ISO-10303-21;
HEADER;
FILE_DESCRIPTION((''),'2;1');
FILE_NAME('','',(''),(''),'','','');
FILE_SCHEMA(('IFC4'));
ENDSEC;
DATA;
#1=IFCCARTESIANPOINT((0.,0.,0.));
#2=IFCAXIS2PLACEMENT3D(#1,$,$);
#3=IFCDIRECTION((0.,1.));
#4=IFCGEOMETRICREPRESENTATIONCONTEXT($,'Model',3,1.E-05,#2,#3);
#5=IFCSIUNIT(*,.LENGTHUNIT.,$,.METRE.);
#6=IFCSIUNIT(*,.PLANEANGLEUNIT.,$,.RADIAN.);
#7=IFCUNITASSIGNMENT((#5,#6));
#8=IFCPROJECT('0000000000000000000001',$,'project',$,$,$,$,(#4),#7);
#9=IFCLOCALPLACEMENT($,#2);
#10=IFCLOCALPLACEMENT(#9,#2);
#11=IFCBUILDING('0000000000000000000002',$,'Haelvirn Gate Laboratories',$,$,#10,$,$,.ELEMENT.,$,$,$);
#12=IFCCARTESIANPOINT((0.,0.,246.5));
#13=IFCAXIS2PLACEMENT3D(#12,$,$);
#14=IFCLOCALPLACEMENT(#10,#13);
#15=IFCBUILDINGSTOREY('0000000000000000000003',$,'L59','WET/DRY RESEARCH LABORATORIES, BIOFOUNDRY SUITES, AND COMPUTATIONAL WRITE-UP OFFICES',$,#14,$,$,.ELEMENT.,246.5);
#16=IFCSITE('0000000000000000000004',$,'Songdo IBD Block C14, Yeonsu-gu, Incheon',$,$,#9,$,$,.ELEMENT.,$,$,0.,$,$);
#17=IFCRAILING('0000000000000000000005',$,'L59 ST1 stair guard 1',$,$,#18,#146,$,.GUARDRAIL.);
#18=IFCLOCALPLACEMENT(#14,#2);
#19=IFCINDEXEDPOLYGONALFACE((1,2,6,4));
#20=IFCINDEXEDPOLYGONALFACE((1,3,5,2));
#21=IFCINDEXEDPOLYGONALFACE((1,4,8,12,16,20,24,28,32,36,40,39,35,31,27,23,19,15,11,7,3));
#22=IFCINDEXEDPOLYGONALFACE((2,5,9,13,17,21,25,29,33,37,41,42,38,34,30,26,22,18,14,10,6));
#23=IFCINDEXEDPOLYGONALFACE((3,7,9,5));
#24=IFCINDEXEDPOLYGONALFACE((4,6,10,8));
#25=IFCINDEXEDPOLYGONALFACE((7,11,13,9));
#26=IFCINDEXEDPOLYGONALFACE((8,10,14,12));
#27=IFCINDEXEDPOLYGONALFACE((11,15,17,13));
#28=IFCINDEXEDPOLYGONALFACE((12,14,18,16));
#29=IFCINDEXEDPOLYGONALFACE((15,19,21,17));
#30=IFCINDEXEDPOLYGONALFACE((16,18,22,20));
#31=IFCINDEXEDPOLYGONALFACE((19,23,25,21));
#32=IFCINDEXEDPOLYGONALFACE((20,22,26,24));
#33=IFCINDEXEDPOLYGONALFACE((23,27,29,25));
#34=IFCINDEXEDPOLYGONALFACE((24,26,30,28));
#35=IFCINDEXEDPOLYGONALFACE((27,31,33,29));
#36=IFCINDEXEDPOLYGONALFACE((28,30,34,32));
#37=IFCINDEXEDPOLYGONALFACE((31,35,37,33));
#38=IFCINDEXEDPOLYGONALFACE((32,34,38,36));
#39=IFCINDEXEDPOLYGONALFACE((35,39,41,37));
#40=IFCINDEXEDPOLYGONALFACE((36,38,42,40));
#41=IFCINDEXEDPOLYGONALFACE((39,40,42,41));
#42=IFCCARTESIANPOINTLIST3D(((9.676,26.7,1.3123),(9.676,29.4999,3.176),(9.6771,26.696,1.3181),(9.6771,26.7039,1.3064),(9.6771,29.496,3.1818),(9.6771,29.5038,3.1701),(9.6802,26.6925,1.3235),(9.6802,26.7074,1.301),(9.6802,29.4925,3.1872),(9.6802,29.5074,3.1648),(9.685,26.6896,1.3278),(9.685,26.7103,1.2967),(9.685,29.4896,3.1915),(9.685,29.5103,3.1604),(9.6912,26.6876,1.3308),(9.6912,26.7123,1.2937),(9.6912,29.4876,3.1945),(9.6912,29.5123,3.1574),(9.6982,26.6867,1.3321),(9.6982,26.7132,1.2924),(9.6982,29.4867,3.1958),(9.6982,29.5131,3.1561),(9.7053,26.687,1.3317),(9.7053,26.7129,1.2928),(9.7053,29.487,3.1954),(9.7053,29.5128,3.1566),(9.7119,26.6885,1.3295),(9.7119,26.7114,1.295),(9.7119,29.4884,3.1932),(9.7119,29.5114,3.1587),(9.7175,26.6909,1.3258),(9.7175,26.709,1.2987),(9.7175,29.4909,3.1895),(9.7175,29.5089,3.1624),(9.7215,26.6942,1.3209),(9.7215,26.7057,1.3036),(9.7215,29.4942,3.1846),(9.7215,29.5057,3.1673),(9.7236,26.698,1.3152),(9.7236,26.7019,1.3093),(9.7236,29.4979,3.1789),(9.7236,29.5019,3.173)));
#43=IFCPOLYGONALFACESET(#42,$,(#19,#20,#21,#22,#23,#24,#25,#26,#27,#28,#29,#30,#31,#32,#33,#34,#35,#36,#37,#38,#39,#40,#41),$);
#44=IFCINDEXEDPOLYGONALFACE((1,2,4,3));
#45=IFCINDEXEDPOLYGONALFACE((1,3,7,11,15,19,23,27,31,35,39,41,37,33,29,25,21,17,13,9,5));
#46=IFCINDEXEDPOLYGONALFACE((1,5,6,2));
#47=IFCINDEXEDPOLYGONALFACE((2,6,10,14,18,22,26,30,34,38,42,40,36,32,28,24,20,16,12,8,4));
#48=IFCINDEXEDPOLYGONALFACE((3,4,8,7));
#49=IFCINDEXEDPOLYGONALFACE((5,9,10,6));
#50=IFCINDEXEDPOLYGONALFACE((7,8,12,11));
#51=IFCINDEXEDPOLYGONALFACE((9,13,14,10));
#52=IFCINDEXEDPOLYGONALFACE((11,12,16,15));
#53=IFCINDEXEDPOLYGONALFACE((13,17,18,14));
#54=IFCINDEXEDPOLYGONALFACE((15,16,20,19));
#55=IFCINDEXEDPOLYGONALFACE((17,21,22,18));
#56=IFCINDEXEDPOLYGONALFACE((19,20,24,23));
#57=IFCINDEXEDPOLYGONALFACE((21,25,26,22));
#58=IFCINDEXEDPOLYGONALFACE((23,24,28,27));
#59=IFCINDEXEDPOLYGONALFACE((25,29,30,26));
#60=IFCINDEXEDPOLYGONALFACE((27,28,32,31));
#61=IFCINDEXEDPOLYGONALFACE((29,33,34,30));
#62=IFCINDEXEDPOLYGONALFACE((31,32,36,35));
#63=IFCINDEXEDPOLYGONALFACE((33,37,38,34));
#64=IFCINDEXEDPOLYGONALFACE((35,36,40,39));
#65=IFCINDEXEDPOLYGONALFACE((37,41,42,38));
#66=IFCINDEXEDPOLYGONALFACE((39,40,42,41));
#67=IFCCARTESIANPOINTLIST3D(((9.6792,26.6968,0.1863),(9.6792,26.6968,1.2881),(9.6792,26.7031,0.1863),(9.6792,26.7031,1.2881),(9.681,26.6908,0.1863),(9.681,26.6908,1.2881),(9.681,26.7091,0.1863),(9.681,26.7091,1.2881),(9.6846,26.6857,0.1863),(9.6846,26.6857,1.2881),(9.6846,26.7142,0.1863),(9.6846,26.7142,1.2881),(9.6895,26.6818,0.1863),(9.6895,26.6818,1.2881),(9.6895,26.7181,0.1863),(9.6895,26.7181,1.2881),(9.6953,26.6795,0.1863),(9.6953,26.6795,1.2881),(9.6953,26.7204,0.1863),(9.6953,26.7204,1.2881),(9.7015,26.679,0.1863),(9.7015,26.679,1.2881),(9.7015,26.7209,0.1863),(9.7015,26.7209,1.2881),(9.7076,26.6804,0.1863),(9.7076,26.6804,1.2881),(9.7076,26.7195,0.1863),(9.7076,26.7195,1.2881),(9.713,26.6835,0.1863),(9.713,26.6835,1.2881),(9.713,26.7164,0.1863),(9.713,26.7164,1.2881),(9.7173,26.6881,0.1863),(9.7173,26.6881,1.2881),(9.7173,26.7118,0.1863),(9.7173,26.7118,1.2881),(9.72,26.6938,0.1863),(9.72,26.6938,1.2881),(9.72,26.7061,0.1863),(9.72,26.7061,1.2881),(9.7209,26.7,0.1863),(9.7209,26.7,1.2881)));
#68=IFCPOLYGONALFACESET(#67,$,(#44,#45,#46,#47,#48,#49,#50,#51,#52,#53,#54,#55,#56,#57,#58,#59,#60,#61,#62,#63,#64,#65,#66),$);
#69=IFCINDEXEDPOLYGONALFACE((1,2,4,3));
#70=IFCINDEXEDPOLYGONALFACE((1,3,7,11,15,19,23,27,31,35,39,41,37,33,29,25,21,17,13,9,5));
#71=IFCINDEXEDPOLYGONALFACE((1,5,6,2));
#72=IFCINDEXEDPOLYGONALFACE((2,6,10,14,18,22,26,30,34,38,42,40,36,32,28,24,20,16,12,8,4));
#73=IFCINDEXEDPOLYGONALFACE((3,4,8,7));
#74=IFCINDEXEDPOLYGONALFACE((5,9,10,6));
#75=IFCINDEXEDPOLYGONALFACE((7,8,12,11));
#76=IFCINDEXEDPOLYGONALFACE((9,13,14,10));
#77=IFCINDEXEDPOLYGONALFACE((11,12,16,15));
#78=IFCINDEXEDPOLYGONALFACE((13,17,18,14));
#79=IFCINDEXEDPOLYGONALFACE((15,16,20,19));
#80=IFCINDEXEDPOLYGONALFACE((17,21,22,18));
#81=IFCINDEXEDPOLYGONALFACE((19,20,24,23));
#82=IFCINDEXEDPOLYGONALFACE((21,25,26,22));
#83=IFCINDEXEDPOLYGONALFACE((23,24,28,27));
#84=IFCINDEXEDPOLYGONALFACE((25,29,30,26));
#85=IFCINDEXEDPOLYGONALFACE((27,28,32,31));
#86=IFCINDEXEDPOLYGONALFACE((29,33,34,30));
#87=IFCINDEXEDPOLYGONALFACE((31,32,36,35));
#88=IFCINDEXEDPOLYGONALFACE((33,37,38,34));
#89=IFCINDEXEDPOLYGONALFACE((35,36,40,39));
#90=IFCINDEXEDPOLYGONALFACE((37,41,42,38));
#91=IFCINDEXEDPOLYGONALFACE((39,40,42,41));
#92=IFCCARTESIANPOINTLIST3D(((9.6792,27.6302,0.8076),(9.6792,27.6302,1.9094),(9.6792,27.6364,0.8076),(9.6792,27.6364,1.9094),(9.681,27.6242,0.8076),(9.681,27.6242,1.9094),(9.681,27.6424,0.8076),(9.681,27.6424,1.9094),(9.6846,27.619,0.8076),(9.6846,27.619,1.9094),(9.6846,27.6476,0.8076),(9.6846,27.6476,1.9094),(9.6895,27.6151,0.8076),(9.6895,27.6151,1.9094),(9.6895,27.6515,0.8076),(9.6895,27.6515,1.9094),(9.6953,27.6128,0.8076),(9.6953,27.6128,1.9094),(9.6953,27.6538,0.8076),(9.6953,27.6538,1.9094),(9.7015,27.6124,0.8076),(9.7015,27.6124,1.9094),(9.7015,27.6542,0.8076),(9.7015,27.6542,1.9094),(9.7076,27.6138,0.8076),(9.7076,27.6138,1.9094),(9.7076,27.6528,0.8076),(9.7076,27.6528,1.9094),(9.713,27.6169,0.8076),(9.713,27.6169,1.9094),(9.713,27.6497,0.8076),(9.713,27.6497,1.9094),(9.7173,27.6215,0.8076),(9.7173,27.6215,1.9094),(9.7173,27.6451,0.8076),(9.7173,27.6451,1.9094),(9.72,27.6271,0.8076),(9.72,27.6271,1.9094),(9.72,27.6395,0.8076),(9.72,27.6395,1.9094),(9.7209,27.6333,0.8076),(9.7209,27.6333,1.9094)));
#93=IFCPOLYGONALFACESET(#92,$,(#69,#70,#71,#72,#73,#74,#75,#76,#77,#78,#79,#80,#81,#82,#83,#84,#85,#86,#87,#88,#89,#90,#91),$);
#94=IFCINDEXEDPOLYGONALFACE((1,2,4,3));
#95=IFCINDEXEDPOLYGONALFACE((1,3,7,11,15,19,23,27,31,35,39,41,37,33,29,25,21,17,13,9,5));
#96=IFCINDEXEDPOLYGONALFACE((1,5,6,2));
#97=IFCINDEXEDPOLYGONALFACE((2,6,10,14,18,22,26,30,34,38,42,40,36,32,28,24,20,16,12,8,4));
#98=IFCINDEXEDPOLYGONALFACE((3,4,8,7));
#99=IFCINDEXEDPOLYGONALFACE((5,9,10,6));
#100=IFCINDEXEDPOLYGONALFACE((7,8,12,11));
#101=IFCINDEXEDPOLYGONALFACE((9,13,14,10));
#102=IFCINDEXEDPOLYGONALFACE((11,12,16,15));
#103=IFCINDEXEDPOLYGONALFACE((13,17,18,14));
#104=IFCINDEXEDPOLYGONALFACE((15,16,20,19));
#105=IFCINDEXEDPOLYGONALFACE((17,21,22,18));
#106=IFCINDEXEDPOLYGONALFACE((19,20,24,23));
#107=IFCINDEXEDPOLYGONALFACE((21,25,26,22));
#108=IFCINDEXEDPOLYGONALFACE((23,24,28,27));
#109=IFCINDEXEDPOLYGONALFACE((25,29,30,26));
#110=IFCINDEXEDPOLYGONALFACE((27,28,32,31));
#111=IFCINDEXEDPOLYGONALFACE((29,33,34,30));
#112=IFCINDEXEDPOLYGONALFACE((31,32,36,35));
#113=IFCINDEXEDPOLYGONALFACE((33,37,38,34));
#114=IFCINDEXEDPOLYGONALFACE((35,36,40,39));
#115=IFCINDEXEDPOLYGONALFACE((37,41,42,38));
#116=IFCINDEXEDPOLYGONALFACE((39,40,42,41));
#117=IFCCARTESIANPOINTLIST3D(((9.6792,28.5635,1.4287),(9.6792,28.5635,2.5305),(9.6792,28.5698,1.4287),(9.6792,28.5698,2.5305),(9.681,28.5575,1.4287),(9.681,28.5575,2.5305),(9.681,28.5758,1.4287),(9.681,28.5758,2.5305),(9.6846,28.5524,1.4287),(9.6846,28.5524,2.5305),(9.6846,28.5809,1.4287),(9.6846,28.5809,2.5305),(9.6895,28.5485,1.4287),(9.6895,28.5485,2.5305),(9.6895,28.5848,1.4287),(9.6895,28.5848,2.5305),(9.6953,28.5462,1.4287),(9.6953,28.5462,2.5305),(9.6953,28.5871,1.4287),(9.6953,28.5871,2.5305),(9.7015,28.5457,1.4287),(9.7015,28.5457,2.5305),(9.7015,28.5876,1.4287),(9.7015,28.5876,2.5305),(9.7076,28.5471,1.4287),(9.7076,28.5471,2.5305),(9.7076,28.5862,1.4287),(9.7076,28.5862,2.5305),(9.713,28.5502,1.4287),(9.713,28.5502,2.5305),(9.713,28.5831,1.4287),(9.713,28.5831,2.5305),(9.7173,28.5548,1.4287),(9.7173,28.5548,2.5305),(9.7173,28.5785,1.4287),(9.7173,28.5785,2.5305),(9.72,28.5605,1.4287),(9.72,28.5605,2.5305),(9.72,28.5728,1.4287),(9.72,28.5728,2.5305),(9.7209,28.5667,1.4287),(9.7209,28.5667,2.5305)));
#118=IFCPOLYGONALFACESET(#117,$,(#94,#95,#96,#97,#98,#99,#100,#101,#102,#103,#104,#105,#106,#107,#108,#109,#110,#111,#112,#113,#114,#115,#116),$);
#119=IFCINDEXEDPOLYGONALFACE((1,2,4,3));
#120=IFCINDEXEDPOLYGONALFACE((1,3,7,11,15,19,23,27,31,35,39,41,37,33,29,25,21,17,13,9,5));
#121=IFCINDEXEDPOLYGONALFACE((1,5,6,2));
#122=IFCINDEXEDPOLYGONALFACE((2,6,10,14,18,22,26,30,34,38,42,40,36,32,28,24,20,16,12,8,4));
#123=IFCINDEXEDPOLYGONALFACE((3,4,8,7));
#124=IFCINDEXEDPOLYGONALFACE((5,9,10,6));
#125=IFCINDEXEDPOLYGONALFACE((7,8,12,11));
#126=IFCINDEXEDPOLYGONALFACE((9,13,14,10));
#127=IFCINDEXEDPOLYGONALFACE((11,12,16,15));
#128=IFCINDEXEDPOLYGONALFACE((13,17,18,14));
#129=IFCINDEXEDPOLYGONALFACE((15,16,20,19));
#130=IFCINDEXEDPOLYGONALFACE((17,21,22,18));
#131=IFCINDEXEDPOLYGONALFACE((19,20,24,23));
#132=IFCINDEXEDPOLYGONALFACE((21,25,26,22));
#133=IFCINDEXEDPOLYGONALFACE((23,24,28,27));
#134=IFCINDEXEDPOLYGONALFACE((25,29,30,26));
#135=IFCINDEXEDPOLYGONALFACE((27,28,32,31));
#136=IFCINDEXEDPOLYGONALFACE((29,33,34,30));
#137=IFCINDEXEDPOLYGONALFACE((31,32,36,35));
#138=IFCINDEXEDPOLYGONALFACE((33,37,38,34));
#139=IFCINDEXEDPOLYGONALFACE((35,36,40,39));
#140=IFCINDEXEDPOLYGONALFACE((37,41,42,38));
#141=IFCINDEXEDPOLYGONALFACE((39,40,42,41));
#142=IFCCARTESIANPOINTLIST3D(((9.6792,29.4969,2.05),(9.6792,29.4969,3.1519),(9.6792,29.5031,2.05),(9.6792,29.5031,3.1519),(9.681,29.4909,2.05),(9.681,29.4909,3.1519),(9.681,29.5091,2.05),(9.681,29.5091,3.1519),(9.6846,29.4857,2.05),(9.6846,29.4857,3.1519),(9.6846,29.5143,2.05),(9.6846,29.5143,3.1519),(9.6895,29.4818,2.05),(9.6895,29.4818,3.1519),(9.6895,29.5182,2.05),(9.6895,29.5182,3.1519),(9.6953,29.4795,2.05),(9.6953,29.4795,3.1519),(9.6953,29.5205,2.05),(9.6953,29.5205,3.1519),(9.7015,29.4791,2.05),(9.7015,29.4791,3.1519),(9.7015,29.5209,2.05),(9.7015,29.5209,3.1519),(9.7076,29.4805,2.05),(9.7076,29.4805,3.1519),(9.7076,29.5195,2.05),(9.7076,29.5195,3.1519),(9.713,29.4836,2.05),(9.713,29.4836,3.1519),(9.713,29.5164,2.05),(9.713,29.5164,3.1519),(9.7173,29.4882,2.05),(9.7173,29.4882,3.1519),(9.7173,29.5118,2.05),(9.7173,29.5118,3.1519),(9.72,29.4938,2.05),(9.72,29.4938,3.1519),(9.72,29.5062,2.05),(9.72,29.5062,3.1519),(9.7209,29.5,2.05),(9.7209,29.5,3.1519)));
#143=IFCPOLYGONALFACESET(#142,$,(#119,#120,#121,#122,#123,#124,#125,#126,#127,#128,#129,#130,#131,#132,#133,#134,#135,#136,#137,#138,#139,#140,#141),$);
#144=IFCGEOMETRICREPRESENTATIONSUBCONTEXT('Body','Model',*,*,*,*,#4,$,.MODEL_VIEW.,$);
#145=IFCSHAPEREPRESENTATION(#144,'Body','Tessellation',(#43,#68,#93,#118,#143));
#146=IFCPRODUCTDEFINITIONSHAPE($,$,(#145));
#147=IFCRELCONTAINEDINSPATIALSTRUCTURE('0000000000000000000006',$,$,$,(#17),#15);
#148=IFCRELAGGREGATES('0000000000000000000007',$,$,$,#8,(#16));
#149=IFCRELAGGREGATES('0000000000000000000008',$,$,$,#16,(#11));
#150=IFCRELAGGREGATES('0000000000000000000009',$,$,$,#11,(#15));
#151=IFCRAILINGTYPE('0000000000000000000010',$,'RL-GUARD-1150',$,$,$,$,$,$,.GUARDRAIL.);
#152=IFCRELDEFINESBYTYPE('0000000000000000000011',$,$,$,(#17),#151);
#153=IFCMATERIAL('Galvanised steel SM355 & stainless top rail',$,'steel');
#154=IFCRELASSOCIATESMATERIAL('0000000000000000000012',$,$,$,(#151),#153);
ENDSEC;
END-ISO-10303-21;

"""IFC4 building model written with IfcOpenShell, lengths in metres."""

from ifc_helpers import new_model, si_unit, direction, frame, origin, origin_2d, place, context, subcontext, project, spatial, circle, extrude, source, transform, mapped, material, type_object, element, save


model = new_model("IFC4")

# Units and contexts
model_context = context("Model", 3, precision=1e-05, world=origin(), true_north=direction((0.0, 1.0)))
body_context = subcontext(model_context, "Body", "Model", "MODEL_VIEW")
ifc_project = project(units=[si_unit("LENGTHUNIT", "METRE"), si_unit("PLANEANGLEUNIT", "RADIAN")], contexts=[model_context])

# Site, building, storey
site_placement = place(None, origin())
site = spatial("IfcSite", under=ifc_project, at=site_placement, Name="Songdo IBD Block C14, Yeonsu-gu, Incheon", CompositionType="ELEMENT", RefElevation=0.0)
building_placement = place(site_placement, origin())
building = spatial("IfcBuilding", under=site, at=building_placement, Name="Haelvirn Gate Laboratories", CompositionType="ELEMENT")
storey_placement = place(building_placement, frame((0.0, 0.0, 246.5)))
storey = spatial("IfcBuildingStorey", under=building, at=storey_placement, Name="L59", Description="WET/DRY RESEARCH LABORATORIES, BIOFOUNDRY SUITES, AND COMPUTATIONAL WRITE-UP OFFICES", CompositionType="ELEMENT", Elevation=246.5)

# Railing
ifc_material_1 = material(Name="Galvanised steel SM355 & stainless top rail", Category="steel")
railing_type_1 = type_object("IfcRailingType", Name="RL-GUARD-1150", PredefinedType="GUARDRAIL", material=ifc_material_1)
shared_shape_1 = source(origin(), body_context, "Body", "SweptSolid", [
    extrude(circle(Radius=0.0239, at=origin_2d()), frame((0.0, 0.0, 1.126), z_axis=(0.0, 0.832452, 0.554097), x_axis=(-1.0, 0.0, 0.0)), (0.0, 0.0, 1.0), 3.3635),
    extrude(circle(Radius=0.021, at=origin_2d()), origin(), (0.0, 0.0, 1.0), 1.1018),
    extrude(circle(Radius=0.021, at=origin_2d()), frame((0.0, 0.9333, 0.6213)), (0.0, 0.0, 1.0), 1.1018),
    extrude(circle(Radius=0.021, at=origin_2d()), frame((0.0, 1.8667, 1.2424)), (0.0, 0.0, 1.0), 1.1018),
    extrude(circle(Radius=0.021, at=origin_2d()), frame((0.0, 2.8, 1.8638)), (0.0, 0.0, 1.0), 1.1018),
])
railing_1_placement = place(storey_placement, frame((9.7, 26.7, 0.1863)))
element("IfcRailing", 1, at=railing_1_placement, inside=storey, type_object=railing_type_1, Name="L59 ST1 stair guard 1", PredefinedType="GUARDRAIL", context=body_context, shape_type="MappedRepresentation", body=[
    mapped(shared_shape_1, transform((0.0, 0.0, 0.0), scale=1.0)),
])

save(model, "model.ifc")
